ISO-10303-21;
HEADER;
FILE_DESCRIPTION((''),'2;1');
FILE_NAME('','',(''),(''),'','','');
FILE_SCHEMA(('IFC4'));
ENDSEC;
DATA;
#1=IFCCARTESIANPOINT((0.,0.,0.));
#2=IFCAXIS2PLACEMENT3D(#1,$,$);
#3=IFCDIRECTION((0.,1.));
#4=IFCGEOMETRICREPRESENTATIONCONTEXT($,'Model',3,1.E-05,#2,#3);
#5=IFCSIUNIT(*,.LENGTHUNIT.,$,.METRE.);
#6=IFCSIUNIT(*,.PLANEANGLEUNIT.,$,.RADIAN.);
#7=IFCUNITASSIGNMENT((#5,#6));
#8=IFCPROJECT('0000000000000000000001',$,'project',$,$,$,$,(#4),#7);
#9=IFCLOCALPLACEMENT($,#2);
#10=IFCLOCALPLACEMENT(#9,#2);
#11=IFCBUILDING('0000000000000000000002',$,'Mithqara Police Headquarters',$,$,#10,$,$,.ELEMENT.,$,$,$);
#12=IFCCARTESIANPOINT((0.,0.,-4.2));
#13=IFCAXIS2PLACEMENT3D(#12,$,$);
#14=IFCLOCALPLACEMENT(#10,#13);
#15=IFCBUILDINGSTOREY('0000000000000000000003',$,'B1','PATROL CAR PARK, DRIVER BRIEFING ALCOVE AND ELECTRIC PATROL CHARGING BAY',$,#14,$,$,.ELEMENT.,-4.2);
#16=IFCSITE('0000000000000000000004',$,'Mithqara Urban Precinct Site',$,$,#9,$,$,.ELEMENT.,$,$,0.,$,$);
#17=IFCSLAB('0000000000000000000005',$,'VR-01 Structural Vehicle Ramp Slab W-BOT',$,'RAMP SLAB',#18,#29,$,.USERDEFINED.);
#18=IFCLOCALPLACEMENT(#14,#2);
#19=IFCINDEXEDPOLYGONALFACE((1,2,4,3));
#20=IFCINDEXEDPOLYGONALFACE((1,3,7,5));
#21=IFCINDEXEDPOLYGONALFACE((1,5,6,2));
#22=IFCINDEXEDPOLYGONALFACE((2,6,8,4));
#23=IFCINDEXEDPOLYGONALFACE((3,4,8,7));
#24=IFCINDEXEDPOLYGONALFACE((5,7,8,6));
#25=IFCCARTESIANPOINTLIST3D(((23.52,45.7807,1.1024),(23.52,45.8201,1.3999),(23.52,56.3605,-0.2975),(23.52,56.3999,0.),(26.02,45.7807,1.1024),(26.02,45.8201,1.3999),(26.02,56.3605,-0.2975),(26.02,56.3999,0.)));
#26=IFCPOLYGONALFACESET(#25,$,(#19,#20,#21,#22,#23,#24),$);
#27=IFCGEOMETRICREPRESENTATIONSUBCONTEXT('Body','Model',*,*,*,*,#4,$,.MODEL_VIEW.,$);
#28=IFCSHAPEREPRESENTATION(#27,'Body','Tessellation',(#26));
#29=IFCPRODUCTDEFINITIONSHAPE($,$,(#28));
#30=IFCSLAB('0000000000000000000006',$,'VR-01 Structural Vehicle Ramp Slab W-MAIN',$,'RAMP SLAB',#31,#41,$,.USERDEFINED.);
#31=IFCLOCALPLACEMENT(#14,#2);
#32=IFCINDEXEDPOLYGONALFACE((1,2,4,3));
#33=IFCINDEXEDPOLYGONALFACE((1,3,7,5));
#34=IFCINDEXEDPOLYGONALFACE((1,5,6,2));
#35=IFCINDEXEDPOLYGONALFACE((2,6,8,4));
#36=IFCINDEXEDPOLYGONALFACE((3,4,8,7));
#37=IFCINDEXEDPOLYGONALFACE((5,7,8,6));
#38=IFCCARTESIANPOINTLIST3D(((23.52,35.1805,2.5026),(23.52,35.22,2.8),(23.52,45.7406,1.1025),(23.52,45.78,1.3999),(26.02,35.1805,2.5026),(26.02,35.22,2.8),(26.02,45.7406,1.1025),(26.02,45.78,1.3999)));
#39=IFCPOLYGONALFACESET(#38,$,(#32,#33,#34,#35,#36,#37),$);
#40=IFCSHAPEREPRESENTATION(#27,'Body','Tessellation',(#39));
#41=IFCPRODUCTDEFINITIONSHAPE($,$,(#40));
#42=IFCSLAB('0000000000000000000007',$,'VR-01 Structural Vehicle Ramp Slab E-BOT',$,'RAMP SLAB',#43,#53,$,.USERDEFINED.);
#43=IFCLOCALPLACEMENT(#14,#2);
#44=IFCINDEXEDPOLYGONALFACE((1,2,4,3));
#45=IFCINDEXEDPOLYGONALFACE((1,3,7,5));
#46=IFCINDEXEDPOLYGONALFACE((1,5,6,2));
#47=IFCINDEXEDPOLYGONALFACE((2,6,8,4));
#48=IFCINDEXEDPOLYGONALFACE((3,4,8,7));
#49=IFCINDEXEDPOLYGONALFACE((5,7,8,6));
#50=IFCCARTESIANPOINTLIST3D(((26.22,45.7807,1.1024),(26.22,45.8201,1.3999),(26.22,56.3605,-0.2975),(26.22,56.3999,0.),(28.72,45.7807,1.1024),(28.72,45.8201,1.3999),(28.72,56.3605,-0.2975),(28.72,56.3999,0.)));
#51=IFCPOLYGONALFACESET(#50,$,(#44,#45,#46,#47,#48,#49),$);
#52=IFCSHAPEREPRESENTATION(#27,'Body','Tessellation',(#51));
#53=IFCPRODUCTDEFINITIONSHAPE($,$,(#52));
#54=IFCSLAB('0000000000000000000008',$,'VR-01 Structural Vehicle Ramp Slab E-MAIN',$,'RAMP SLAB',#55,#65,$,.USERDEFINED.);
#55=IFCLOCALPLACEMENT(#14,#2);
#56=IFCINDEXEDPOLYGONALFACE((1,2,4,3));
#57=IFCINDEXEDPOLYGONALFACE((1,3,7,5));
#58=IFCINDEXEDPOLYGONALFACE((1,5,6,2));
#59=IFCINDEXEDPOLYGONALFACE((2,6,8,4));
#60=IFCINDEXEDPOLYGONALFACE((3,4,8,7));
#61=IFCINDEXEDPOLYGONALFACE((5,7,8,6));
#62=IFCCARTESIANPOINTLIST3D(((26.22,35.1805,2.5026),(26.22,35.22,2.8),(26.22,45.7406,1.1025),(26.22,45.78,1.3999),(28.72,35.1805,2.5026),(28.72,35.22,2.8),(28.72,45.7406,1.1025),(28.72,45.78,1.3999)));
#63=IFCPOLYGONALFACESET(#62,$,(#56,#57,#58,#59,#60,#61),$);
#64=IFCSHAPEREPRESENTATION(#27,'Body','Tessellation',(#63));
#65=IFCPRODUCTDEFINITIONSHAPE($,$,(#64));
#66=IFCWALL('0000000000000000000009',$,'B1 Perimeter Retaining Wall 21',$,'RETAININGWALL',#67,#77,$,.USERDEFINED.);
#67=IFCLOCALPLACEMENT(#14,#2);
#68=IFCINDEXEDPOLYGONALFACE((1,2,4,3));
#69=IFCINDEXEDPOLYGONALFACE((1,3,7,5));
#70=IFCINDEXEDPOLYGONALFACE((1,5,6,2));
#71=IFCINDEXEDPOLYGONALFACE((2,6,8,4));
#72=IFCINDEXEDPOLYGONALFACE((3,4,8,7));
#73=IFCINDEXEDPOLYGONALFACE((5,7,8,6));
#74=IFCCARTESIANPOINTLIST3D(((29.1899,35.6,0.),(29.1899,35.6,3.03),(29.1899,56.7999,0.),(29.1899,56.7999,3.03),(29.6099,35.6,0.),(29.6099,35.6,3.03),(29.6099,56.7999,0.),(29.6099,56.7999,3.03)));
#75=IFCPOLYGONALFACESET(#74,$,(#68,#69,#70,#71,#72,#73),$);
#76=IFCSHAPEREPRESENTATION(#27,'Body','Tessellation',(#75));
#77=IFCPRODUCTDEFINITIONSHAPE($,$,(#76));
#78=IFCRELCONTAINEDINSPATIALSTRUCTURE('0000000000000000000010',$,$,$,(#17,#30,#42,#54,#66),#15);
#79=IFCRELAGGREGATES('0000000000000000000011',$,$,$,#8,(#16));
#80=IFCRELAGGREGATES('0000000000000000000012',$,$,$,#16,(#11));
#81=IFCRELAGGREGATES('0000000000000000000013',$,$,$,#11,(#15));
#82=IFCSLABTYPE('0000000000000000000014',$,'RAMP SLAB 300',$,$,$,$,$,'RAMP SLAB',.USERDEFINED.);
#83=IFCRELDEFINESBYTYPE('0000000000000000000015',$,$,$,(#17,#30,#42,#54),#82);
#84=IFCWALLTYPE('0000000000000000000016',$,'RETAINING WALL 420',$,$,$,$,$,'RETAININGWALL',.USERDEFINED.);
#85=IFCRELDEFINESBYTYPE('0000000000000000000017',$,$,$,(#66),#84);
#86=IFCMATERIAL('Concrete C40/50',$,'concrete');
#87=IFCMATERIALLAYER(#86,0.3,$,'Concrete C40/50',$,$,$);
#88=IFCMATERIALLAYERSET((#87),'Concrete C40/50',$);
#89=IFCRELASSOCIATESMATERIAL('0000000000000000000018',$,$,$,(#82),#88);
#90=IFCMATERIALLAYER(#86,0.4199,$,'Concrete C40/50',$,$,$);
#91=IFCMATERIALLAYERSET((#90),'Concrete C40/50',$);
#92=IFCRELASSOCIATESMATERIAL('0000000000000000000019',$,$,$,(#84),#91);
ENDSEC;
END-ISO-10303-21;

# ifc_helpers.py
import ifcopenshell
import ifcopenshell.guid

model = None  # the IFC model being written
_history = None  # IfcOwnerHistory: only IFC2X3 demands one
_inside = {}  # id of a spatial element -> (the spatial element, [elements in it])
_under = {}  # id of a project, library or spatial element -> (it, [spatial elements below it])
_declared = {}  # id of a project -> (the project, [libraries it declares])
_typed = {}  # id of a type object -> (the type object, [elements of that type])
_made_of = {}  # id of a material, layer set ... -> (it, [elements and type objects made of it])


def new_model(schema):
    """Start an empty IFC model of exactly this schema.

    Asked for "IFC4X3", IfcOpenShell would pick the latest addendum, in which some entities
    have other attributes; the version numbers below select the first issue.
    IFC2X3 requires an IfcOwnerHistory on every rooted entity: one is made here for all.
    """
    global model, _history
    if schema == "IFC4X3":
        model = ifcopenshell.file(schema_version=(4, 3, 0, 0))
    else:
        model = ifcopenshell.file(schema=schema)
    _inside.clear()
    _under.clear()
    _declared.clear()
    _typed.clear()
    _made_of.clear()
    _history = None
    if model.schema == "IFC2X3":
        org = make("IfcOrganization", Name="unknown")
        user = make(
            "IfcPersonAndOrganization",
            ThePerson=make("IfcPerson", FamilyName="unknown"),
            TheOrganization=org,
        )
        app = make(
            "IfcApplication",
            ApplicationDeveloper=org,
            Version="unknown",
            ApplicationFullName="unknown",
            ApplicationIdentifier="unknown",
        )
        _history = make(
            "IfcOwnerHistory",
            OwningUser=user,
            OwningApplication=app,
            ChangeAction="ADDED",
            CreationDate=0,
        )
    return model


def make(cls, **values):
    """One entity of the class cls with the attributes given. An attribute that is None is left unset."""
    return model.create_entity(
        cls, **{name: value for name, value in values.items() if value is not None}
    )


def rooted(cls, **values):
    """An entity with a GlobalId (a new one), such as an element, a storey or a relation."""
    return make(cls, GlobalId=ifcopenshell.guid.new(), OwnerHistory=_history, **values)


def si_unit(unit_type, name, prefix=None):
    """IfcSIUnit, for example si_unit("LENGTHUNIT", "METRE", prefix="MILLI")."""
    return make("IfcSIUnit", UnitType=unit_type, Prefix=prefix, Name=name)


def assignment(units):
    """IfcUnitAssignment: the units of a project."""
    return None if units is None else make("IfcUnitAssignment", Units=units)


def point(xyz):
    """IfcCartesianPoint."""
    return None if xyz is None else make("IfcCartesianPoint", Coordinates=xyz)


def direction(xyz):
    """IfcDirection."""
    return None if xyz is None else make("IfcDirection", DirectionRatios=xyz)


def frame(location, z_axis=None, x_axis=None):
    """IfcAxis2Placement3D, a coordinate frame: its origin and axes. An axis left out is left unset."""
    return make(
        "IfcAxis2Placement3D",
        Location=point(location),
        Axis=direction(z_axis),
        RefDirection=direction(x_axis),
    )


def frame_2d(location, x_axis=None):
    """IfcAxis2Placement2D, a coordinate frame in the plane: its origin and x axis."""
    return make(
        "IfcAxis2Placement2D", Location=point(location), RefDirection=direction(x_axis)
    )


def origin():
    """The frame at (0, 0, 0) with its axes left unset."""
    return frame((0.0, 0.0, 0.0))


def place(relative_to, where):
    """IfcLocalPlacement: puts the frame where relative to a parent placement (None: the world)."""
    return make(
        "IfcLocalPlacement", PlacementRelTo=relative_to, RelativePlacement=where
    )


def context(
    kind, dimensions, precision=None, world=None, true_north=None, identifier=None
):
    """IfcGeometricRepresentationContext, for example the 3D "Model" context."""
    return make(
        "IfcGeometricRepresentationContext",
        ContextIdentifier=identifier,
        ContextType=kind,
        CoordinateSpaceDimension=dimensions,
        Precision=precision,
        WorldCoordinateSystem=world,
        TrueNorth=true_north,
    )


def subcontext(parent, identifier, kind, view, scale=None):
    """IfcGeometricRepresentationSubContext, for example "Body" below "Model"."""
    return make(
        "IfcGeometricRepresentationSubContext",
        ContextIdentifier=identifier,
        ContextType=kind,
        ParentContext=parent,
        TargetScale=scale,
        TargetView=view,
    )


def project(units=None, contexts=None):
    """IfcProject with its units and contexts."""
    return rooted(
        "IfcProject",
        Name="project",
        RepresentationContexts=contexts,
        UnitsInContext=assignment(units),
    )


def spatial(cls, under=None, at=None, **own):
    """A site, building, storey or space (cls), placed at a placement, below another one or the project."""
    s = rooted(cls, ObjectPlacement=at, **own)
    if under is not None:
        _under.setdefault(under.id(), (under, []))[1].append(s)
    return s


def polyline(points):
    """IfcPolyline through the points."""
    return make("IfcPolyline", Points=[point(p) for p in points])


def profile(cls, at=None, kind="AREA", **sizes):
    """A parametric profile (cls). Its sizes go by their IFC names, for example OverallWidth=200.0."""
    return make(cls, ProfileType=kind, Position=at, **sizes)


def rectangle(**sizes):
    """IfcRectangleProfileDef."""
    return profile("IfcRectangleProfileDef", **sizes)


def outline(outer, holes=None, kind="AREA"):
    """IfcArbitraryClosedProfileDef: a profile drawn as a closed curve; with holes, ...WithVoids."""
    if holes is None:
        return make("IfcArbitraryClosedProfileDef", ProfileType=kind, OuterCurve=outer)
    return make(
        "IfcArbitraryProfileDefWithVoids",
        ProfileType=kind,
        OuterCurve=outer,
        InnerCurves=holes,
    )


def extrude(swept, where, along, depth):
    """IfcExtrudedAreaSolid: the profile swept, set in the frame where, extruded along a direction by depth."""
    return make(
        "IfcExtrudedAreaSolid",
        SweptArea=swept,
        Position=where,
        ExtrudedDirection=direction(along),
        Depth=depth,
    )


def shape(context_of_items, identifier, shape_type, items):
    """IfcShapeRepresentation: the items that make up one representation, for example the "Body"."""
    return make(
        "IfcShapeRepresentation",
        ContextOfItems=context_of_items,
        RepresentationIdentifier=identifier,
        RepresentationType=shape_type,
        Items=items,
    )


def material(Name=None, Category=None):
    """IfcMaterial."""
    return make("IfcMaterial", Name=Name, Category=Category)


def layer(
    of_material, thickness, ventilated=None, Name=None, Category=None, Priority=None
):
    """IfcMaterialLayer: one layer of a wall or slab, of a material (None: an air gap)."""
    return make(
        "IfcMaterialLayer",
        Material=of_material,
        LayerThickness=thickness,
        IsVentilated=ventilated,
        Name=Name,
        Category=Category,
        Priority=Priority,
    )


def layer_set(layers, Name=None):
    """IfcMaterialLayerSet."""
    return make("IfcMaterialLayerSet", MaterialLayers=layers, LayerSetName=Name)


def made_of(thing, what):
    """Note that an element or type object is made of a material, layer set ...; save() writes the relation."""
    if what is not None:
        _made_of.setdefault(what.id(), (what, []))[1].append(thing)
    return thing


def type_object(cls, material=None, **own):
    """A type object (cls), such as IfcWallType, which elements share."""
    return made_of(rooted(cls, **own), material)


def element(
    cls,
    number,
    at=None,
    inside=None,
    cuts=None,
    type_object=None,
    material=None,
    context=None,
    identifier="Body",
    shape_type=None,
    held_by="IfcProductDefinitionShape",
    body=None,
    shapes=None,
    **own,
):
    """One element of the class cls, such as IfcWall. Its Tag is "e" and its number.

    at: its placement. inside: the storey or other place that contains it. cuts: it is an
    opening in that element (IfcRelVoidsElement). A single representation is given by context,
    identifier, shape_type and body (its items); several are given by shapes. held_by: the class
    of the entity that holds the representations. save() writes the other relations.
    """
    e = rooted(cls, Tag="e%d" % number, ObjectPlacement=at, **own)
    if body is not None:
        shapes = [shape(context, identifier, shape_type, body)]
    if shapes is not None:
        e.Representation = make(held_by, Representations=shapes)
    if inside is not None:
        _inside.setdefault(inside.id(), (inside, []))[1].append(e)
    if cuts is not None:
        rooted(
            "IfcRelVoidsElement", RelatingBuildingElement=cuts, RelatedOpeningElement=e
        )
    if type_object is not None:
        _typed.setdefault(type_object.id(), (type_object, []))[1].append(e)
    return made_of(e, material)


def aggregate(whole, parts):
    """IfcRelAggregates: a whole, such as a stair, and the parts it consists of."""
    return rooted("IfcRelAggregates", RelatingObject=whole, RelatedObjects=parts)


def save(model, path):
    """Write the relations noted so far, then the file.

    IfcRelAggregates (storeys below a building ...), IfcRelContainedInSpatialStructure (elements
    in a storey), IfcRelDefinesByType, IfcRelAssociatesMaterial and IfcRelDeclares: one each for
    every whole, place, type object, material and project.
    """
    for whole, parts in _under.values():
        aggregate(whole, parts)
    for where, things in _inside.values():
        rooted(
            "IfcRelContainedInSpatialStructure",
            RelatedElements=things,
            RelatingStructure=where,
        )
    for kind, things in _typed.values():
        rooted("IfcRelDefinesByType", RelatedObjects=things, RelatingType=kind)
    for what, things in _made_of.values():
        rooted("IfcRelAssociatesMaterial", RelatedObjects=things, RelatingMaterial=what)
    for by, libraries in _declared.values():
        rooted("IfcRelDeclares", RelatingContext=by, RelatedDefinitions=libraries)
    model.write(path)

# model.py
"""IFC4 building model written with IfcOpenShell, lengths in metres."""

from ifc_helpers import new_model, si_unit, direction, frame, frame_2d, origin, place, context, subcontext, project, spatial, polyline, rectangle, outline, extrude, material, layer, layer_set, type_object, element, save


model = new_model("IFC4")

# Units and contexts
model_context = context("Model", 3, precision=1e-05, world=origin(), true_north=direction((0.0, 1.0)))
body_context = subcontext(model_context, "Body", "Model", "MODEL_VIEW")
ifc_project = project(units=[si_unit("LENGTHUNIT", "METRE"), si_unit("PLANEANGLEUNIT", "RADIAN")], contexts=[model_context])

# Site, building, storey
site_placement = place(None, origin())
site = spatial("IfcSite", under=ifc_project, at=site_placement, Name="Mithqara Urban Precinct Site", CompositionType="ELEMENT", RefElevation=0.0)
building_placement = place(site_placement, origin())
building = spatial("IfcBuilding", under=site, at=building_placement, Name="Mithqara Police Headquarters", CompositionType="ELEMENT")
storey_placement = place(building_placement, frame((0.0, 0.0, -4.2)))
storey = spatial("IfcBuildingStorey", under=building, at=storey_placement, Name="B1", Description="PATROL CAR PARK, DRIVER BRIEFING ALCOVE AND ELECTRIC PATROL CHARGING BAY", CompositionType="ELEMENT", Elevation=-4.2)

# Shared definitions
ifc_material_1 = material(Name="Concrete C40/50", Category="concrete")

# Slabs
ifc_layer_1 = layer(ifc_material_1, 0.3, Name="Concrete C40/50")
ifc_layer_set_1 = layer_set([ifc_layer_1], Name="Concrete C40/50")
slab_type = type_object("IfcSlabType", Name="RAMP SLAB 300", ElementType="RAMP SLAB", PredefinedType="USERDEFINED", material=ifc_layer_set_1)
slab_1_placement = place(storey_placement, frame((23.52, 56.3999, 0.0), z_axis=(0.0, 0.131175, 0.991359), x_axis=(1.0, 0.0, 0.0)))
element("IfcSlab", 1, at=slab_1_placement, inside=storey, type_object=slab_type, Name="VR-01 Structural Vehicle Ramp Slab W-BOT", ObjectType="RAMP SLAB", PredefinedType="USERDEFINED", context=body_context, shape_type="SweptSolid", body=[
    extrude(outline(polyline([(0.0, 0.0), (2.5, 0.0), (2.5, -10.672), (0.0, -10.672), (0.0, 0.0)])), origin(), (0.0, 0.0, -1.0), 0.3),
])
slab_2_placement = place(storey_placement, frame((23.52, 45.78, 1.3999), z_axis=(0.0, 0.131439, 0.991324), x_axis=(1.0, 0.0, 0.0)))
element("IfcSlab", 2, at=slab_2_placement, inside=storey, type_object=slab_type, Name="VR-01 Structural Vehicle Ramp Slab W-MAIN", ObjectType="RAMP SLAB", PredefinedType="USERDEFINED", context=body_context, shape_type="SweptSolid", body=[
    extrude(outline(polyline([(0.0, 0.0), (2.5, 0.0), (2.5, -10.6525), (0.0, -10.6525), (0.0, 0.0)])), origin(), (0.0, 0.0, -1.0), 0.3),
])
slab_3_placement = place(storey_placement, frame((26.22, 56.3999, 0.0), z_axis=(0.0, 0.131175, 0.991359), x_axis=(1.0, 0.0, 0.0)))
element("IfcSlab", 3, at=slab_3_placement, inside=storey, type_object=slab_type, Name="VR-01 Structural Vehicle Ramp Slab E-BOT", ObjectType="RAMP SLAB", PredefinedType="USERDEFINED", context=body_context, shape_type="SweptSolid", body=[
    extrude(outline(polyline([(0.0, 0.0), (2.5, 0.0), (2.5, -10.672), (0.0, -10.672), (0.0, 0.0)])), origin(), (0.0, 0.0, -1.0), 0.3),
])
slab_4_placement = place(storey_placement, frame((26.22, 45.78, 1.3999), z_axis=(0.0, 0.131439, 0.991324), x_axis=(1.0, 0.0, 0.0)))
element("IfcSlab", 4, at=slab_4_placement, inside=storey, type_object=slab_type, Name="VR-01 Structural Vehicle Ramp Slab E-MAIN", ObjectType="RAMP SLAB", PredefinedType="USERDEFINED", context=body_context, shape_type="SweptSolid", body=[
    extrude(outline(polyline([(0.0, 0.0), (2.5, 0.0), (2.5, -10.6525), (0.0, -10.6525), (0.0, 0.0)])), origin(), (0.0, 0.0, -1.0), 0.3),
])

# Wall
ifc_layer_2 = layer(ifc_material_1, 0.4199, Name="Concrete C40/50")
ifc_layer_set_2 = layer_set([ifc_layer_2], Name="Concrete C40/50")
wall_type = type_object("IfcWallType", Name="RETAINING WALL 420", ElementType="RETAININGWALL", PredefinedType="USERDEFINED", material=ifc_layer_set_2)
wall_placement = place(storey_placement, frame((29.3999, 56.8, 0.0), z_axis=(0.0, 0.0, 1.0), x_axis=(0.0, -1.0, 0.0)))
element("IfcWall", 5, at=wall_placement, inside=storey, type_object=wall_type, Name="B1 Perimeter Retaining Wall 21", ObjectType="RETAININGWALL", PredefinedType="USERDEFINED", context=body_context, shape_type="SweptSolid", body=[
    extrude(rectangle(XDim=21.2, YDim=0.4199, at=frame_2d((10.6001, 0.0))), origin(), (0.0, 0.0, 1.0), 3.03),
])

save(model, "model.ifc")
